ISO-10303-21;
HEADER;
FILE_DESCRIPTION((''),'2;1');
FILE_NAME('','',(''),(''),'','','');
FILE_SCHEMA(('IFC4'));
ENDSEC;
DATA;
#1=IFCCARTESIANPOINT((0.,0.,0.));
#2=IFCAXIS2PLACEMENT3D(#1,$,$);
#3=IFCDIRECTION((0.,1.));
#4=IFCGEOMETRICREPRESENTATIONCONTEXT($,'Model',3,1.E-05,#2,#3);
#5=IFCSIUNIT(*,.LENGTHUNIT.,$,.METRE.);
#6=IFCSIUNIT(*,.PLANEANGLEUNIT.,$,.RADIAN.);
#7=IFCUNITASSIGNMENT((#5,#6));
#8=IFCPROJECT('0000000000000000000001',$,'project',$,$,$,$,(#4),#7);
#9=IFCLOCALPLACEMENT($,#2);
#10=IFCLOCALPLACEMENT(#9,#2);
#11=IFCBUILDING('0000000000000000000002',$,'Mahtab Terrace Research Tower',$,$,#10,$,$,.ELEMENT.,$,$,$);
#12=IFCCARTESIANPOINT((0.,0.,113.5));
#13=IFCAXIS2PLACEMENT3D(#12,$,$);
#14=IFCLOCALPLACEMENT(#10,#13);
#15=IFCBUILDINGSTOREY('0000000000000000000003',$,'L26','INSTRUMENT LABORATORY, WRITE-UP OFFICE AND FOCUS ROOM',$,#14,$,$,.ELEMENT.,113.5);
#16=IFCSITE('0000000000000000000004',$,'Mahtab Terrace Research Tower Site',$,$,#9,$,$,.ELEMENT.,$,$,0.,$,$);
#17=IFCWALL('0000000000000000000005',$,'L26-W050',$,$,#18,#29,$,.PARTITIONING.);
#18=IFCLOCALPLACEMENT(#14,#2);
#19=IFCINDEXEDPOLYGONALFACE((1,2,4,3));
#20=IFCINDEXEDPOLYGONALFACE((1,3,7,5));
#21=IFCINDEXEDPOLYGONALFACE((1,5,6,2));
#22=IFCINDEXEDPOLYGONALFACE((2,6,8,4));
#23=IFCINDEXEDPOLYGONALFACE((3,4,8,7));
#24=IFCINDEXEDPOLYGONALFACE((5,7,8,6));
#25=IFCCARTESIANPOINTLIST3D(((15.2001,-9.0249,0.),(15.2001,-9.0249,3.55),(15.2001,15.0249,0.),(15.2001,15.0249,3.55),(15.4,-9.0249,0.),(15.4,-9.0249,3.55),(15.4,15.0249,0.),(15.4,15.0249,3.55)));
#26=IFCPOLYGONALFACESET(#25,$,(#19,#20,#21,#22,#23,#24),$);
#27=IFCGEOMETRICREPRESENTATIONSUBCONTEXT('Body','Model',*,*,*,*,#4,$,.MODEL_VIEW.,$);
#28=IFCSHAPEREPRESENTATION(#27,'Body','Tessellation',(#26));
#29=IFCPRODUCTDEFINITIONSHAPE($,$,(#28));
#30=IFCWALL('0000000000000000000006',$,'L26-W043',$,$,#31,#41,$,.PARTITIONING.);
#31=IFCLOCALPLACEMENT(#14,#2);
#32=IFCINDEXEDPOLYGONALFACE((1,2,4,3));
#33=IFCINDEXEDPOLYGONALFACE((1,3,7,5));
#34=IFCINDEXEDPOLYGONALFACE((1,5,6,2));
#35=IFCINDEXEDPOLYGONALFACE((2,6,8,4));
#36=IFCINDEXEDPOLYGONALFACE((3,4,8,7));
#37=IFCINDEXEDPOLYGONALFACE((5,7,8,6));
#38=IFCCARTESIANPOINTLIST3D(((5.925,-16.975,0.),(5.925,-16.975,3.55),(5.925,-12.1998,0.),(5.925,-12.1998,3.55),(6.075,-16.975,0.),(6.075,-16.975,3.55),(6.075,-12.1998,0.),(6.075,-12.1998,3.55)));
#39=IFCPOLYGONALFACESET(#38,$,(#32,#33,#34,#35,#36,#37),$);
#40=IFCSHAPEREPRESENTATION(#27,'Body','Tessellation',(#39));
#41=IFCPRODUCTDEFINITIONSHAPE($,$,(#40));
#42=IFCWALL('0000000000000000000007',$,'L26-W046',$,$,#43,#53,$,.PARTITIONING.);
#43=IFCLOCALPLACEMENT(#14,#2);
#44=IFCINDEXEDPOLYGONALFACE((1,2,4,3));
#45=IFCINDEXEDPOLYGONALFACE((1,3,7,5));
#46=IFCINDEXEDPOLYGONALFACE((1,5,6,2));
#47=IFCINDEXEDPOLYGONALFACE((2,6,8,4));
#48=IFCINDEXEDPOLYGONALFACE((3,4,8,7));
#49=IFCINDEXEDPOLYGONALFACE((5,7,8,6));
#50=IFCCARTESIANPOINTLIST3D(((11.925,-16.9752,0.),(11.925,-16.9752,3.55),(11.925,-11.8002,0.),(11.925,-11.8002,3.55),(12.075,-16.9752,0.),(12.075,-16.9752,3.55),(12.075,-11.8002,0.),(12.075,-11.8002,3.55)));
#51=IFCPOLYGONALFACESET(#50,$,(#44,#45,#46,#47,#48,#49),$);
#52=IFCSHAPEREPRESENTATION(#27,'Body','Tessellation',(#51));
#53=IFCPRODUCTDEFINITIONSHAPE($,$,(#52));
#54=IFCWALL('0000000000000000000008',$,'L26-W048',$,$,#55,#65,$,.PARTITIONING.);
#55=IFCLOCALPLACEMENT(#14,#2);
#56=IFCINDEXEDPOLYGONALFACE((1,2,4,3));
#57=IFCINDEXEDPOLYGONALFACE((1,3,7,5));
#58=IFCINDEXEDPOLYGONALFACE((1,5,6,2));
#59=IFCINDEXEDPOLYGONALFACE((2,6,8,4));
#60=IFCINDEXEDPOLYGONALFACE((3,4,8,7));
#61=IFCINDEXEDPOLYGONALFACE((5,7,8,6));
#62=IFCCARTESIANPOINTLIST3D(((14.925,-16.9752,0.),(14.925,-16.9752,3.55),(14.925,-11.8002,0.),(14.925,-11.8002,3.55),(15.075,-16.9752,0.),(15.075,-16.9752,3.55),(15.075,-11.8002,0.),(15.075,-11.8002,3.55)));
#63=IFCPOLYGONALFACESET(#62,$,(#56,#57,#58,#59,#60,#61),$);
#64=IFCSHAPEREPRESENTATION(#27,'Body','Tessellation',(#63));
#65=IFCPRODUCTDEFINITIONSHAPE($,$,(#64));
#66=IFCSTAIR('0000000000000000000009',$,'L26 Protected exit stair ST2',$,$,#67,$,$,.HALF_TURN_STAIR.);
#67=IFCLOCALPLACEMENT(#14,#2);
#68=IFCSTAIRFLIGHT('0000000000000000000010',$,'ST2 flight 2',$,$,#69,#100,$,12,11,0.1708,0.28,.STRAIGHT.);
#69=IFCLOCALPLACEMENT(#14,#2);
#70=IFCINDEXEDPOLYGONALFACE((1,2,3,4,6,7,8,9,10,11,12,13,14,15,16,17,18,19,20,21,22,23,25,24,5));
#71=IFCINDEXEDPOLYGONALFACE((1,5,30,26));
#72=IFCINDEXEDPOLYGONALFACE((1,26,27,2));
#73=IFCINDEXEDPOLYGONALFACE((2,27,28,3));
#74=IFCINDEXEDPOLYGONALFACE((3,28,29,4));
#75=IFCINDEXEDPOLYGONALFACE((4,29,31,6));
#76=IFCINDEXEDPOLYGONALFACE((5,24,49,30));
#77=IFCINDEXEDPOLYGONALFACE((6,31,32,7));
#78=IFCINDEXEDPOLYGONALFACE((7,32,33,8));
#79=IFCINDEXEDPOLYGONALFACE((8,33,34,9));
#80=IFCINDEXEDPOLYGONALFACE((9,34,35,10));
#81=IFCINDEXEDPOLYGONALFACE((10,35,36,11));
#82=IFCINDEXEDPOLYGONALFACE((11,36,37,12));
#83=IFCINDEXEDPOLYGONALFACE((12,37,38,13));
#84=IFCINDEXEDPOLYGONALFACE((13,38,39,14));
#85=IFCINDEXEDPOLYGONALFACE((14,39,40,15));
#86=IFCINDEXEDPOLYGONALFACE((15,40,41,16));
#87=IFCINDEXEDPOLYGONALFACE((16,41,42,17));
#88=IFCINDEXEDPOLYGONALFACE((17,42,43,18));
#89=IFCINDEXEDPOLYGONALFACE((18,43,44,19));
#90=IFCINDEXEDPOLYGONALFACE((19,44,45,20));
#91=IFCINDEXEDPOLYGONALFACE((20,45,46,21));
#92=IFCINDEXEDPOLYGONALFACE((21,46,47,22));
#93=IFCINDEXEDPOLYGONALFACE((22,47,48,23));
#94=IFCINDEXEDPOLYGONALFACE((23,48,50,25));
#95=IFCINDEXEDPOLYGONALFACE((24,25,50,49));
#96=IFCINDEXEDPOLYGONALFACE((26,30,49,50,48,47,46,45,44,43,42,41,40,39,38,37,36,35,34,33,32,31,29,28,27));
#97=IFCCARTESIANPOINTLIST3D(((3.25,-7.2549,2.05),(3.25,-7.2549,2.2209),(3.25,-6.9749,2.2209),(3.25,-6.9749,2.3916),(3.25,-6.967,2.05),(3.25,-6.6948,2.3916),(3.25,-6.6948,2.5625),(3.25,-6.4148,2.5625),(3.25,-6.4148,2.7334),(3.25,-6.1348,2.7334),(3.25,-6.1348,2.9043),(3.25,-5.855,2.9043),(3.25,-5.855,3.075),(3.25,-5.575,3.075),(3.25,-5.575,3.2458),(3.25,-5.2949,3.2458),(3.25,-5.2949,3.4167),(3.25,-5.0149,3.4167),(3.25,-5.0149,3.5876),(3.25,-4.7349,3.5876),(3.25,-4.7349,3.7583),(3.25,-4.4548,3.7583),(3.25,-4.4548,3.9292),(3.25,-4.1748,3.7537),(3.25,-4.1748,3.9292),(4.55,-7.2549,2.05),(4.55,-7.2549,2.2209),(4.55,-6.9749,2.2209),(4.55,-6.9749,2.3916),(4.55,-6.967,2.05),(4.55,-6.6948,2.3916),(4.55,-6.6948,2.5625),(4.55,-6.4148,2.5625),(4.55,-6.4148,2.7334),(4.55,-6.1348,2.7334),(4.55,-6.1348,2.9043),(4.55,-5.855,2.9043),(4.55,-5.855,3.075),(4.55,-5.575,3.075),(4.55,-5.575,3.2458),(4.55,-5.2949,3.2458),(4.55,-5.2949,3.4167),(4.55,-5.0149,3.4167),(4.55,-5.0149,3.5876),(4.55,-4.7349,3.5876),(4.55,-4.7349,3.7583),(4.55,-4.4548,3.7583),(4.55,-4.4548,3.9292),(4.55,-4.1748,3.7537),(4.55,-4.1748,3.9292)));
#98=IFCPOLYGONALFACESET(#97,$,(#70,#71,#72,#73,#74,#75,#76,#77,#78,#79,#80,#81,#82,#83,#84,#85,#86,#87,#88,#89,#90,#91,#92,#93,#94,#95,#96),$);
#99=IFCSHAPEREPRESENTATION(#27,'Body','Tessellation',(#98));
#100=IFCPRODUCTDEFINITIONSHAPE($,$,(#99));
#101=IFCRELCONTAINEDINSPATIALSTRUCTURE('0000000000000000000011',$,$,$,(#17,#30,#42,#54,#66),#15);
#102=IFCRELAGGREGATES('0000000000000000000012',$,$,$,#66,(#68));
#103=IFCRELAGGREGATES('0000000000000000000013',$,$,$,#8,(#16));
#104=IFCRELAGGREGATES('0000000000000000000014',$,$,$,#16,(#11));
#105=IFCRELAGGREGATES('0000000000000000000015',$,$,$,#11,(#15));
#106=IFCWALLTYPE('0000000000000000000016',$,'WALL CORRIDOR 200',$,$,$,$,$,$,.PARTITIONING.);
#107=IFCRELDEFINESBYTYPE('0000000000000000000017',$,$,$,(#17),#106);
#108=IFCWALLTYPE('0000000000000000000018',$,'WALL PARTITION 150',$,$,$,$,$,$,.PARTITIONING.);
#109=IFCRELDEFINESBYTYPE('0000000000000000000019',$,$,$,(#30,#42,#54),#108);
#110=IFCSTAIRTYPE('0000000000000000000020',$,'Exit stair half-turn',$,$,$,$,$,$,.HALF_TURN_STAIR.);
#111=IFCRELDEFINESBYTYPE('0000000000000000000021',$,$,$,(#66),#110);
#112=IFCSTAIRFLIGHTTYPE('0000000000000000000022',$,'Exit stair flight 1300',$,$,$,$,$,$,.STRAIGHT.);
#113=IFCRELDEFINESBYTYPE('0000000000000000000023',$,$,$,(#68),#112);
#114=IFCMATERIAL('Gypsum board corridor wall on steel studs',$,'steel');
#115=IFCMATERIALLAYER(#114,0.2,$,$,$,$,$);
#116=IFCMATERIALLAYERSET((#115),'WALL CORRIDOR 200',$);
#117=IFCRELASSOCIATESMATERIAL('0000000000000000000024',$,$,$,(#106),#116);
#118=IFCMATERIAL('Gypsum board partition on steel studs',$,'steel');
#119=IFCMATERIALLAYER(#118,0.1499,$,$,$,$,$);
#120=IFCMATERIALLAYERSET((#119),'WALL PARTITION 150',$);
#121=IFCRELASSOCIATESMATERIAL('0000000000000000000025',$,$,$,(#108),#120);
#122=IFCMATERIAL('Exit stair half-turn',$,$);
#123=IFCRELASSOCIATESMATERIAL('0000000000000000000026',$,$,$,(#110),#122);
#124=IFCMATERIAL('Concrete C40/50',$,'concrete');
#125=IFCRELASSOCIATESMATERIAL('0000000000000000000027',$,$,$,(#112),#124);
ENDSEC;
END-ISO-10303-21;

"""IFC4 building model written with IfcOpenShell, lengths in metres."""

from ifc_helpers import new_model, si_unit, direction, frame, frame_2d, origin, place, context, subcontext, project, spatial, polyline, rectangle, outline, extrude, material, layer, layer_set, type_object, element, aggregate, save


model = new_model("IFC4")

# Units and contexts
model_context = context("Model", 3, precision=1e-05, world=origin(), true_north=direction((0.0, 1.0)))
body_context = subcontext(model_context, "Body", "Model", "MODEL_VIEW")
ifc_project = project(units=[si_unit("LENGTHUNIT", "METRE"), si_unit("PLANEANGLEUNIT", "RADIAN")], contexts=[model_context])

# Site, building, storey
site_placement = place(None, origin())
site = spatial("IfcSite", under=ifc_project, at=site_placement, Name="Mahtab Terrace Research Tower Site", CompositionType="ELEMENT", RefElevation=0.0)
building_placement = place(site_placement, origin())
building = spatial("IfcBuilding", under=site, at=building_placement, Name="Mahtab Terrace Research Tower", CompositionType="ELEMENT")
storey_placement = place(building_placement, frame((0.0, 0.0, 113.5)))
storey = spatial("IfcBuildingStorey", under=building, at=storey_placement, Name="L26", Description="INSTRUMENT LABORATORY, WRITE-UP OFFICE AND FOCUS ROOM", CompositionType="ELEMENT", Elevation=113.5)

# Shared definitions
ifc_material_1 = material(Name="Gypsum board corridor wall on steel studs", Category="steel")
ifc_layer_1 = layer(ifc_material_1, 0.2)
ifc_layer_set_1 = layer_set([ifc_layer_1], Name="WALL CORRIDOR 200")
wall_type_1 = type_object("IfcWallType", Name="WALL CORRIDOR 200", PredefinedType="PARTITIONING", material=ifc_layer_set_1)

# Walls
wall_1_placement = place(storey_placement, frame((15.3, -9.0249, 0.0), z_axis=(0.0, 0.0, 1.0), x_axis=(0.0, 1.0, 0.0)))
element("IfcWall", 1, at=wall_1_placement, inside=storey, type_object=wall_type_1, Name="L26-W050", PredefinedType="PARTITIONING", context=body_context, shape_type="SweptSolid", body=[
    extrude(rectangle(XDim=24.0498, YDim=0.2, at=frame_2d((12.0249, 0.0))), origin(), (0.0, 0.0, 1.0), 3.55),
])
ifc_material_2 = material(Name="Gypsum board partition on steel studs", Category="steel")
ifc_layer_2 = layer(ifc_material_2, 0.1499)
ifc_layer_set_2 = layer_set([ifc_layer_2], Name="WALL PARTITION 150")
wall_type_2 = type_object("IfcWallType", Name="WALL PARTITION 150", PredefinedType="PARTITIONING", material=ifc_layer_set_2)
wall_2_placement = place(storey_placement, frame((6.0, -16.9751, 0.0), z_axis=(0.0, 0.0, 1.0), x_axis=(0.0, 1.0, 0.0)))
element("IfcWall", 2, at=wall_2_placement, inside=storey, type_object=wall_type_2, Name="L26-W043", PredefinedType="PARTITIONING", context=body_context, shape_type="SweptSolid", body=[
    extrude(rectangle(XDim=4.7751, YDim=0.1499, at=frame_2d((2.3877, 0.0))), origin(), (0.0, 0.0, 1.0), 3.55),
])
for number, where, z_axis, x_axis, name in (
    (3, (12.0, -16.9751, 0.0), (0.0, 0.0, 1.0), (0.0, 1.0, 0.0), "L26-W046"),
    (4, (15.0, -16.9751, 0.0), (0.0, 0.0, 1.0), (0.0, 1.0, 0.0), "L26-W048"),
):
    element("IfcWall", number, at=place(storey_placement, frame(where, z_axis=z_axis, x_axis=x_axis)), inside=storey, type_object=wall_type_2, Name=name, PredefinedType="PARTITIONING", context=body_context, shape_type="SweptSolid", body=[
        extrude(rectangle(XDim=5.175, YDim=0.1499, at=frame_2d((2.5874, 0.0))), origin(), (0.0, 0.0, 1.0), 3.55),
    ])

# Stair, stair flight
ifc_material_3 = material(Name="Exit stair half-turn")
stair_type = type_object("IfcStairType", Name="Exit stair half-turn", PredefinedType="HALF_TURN_STAIR", material=ifc_material_3)
stair_placement = place(storey_placement, origin())
stair = element("IfcStair", 5, at=stair_placement, inside=storey, type_object=stair_type, Name="L26 Protected exit stair ST2", PredefinedType="HALF_TURN_STAIR")
ifc_material_4 = material(Name="Concrete C40/50", Category="concrete")
stair_flight_type = type_object("IfcStairFlightType", Name="Exit stair flight 1300", PredefinedType="STRAIGHT", material=ifc_material_4)
stair_flight_placement = place(storey_placement, frame((3.8999, -7.2549, 2.05), z_axis=(0.0, 0.0, 1.0), x_axis=(0.0, 1.0, 0.0)))
stair_flight = element("IfcStairFlight", 6, at=stair_flight_placement, type_object=stair_flight_type, Name="ST2 flight 2", NumberOfRisers=12, NumberOfTreads=11, PredefinedType="STRAIGHT", RiserHeight=0.1708, TreadLength=0.28, context=body_context, shape_type="SweptSolid", body=[
    extrude(outline(polyline([(0.0, 0.0), (0.0, 0.1709), (0.28, 0.1709), (0.28, 0.3416), (0.5601, 0.3416), (0.5601, 0.5125), (0.8401, 0.5125), (0.8401, 0.6833), (1.1201, 0.6833), (1.1201, 0.8542), (1.3999, 0.8542), (1.3999, 1.0249), (1.6799, 1.0249), (1.6799, 1.1958), (1.96, 1.1958), (1.96, 1.3667), (2.24, 1.3667), (2.24, 1.5376), (2.52, 1.5376), (2.52, 1.7083), (2.8, 1.7083), (2.8, 1.8792), (3.0801, 1.8792), (3.0801, 2.05), (3.0801, 1.7036), (0.2878, 0.0), (0.0, 0.0)])), frame((0.0, 0.6499, 0.0), z_axis=(0.0, -1.0, 0.0), x_axis=(1.0, 0.0, 0.0)), (0.0, 0.0, 1.0), 1.3),
])
aggregate(stair, [stair_flight])

save(model, "model.ifc")
